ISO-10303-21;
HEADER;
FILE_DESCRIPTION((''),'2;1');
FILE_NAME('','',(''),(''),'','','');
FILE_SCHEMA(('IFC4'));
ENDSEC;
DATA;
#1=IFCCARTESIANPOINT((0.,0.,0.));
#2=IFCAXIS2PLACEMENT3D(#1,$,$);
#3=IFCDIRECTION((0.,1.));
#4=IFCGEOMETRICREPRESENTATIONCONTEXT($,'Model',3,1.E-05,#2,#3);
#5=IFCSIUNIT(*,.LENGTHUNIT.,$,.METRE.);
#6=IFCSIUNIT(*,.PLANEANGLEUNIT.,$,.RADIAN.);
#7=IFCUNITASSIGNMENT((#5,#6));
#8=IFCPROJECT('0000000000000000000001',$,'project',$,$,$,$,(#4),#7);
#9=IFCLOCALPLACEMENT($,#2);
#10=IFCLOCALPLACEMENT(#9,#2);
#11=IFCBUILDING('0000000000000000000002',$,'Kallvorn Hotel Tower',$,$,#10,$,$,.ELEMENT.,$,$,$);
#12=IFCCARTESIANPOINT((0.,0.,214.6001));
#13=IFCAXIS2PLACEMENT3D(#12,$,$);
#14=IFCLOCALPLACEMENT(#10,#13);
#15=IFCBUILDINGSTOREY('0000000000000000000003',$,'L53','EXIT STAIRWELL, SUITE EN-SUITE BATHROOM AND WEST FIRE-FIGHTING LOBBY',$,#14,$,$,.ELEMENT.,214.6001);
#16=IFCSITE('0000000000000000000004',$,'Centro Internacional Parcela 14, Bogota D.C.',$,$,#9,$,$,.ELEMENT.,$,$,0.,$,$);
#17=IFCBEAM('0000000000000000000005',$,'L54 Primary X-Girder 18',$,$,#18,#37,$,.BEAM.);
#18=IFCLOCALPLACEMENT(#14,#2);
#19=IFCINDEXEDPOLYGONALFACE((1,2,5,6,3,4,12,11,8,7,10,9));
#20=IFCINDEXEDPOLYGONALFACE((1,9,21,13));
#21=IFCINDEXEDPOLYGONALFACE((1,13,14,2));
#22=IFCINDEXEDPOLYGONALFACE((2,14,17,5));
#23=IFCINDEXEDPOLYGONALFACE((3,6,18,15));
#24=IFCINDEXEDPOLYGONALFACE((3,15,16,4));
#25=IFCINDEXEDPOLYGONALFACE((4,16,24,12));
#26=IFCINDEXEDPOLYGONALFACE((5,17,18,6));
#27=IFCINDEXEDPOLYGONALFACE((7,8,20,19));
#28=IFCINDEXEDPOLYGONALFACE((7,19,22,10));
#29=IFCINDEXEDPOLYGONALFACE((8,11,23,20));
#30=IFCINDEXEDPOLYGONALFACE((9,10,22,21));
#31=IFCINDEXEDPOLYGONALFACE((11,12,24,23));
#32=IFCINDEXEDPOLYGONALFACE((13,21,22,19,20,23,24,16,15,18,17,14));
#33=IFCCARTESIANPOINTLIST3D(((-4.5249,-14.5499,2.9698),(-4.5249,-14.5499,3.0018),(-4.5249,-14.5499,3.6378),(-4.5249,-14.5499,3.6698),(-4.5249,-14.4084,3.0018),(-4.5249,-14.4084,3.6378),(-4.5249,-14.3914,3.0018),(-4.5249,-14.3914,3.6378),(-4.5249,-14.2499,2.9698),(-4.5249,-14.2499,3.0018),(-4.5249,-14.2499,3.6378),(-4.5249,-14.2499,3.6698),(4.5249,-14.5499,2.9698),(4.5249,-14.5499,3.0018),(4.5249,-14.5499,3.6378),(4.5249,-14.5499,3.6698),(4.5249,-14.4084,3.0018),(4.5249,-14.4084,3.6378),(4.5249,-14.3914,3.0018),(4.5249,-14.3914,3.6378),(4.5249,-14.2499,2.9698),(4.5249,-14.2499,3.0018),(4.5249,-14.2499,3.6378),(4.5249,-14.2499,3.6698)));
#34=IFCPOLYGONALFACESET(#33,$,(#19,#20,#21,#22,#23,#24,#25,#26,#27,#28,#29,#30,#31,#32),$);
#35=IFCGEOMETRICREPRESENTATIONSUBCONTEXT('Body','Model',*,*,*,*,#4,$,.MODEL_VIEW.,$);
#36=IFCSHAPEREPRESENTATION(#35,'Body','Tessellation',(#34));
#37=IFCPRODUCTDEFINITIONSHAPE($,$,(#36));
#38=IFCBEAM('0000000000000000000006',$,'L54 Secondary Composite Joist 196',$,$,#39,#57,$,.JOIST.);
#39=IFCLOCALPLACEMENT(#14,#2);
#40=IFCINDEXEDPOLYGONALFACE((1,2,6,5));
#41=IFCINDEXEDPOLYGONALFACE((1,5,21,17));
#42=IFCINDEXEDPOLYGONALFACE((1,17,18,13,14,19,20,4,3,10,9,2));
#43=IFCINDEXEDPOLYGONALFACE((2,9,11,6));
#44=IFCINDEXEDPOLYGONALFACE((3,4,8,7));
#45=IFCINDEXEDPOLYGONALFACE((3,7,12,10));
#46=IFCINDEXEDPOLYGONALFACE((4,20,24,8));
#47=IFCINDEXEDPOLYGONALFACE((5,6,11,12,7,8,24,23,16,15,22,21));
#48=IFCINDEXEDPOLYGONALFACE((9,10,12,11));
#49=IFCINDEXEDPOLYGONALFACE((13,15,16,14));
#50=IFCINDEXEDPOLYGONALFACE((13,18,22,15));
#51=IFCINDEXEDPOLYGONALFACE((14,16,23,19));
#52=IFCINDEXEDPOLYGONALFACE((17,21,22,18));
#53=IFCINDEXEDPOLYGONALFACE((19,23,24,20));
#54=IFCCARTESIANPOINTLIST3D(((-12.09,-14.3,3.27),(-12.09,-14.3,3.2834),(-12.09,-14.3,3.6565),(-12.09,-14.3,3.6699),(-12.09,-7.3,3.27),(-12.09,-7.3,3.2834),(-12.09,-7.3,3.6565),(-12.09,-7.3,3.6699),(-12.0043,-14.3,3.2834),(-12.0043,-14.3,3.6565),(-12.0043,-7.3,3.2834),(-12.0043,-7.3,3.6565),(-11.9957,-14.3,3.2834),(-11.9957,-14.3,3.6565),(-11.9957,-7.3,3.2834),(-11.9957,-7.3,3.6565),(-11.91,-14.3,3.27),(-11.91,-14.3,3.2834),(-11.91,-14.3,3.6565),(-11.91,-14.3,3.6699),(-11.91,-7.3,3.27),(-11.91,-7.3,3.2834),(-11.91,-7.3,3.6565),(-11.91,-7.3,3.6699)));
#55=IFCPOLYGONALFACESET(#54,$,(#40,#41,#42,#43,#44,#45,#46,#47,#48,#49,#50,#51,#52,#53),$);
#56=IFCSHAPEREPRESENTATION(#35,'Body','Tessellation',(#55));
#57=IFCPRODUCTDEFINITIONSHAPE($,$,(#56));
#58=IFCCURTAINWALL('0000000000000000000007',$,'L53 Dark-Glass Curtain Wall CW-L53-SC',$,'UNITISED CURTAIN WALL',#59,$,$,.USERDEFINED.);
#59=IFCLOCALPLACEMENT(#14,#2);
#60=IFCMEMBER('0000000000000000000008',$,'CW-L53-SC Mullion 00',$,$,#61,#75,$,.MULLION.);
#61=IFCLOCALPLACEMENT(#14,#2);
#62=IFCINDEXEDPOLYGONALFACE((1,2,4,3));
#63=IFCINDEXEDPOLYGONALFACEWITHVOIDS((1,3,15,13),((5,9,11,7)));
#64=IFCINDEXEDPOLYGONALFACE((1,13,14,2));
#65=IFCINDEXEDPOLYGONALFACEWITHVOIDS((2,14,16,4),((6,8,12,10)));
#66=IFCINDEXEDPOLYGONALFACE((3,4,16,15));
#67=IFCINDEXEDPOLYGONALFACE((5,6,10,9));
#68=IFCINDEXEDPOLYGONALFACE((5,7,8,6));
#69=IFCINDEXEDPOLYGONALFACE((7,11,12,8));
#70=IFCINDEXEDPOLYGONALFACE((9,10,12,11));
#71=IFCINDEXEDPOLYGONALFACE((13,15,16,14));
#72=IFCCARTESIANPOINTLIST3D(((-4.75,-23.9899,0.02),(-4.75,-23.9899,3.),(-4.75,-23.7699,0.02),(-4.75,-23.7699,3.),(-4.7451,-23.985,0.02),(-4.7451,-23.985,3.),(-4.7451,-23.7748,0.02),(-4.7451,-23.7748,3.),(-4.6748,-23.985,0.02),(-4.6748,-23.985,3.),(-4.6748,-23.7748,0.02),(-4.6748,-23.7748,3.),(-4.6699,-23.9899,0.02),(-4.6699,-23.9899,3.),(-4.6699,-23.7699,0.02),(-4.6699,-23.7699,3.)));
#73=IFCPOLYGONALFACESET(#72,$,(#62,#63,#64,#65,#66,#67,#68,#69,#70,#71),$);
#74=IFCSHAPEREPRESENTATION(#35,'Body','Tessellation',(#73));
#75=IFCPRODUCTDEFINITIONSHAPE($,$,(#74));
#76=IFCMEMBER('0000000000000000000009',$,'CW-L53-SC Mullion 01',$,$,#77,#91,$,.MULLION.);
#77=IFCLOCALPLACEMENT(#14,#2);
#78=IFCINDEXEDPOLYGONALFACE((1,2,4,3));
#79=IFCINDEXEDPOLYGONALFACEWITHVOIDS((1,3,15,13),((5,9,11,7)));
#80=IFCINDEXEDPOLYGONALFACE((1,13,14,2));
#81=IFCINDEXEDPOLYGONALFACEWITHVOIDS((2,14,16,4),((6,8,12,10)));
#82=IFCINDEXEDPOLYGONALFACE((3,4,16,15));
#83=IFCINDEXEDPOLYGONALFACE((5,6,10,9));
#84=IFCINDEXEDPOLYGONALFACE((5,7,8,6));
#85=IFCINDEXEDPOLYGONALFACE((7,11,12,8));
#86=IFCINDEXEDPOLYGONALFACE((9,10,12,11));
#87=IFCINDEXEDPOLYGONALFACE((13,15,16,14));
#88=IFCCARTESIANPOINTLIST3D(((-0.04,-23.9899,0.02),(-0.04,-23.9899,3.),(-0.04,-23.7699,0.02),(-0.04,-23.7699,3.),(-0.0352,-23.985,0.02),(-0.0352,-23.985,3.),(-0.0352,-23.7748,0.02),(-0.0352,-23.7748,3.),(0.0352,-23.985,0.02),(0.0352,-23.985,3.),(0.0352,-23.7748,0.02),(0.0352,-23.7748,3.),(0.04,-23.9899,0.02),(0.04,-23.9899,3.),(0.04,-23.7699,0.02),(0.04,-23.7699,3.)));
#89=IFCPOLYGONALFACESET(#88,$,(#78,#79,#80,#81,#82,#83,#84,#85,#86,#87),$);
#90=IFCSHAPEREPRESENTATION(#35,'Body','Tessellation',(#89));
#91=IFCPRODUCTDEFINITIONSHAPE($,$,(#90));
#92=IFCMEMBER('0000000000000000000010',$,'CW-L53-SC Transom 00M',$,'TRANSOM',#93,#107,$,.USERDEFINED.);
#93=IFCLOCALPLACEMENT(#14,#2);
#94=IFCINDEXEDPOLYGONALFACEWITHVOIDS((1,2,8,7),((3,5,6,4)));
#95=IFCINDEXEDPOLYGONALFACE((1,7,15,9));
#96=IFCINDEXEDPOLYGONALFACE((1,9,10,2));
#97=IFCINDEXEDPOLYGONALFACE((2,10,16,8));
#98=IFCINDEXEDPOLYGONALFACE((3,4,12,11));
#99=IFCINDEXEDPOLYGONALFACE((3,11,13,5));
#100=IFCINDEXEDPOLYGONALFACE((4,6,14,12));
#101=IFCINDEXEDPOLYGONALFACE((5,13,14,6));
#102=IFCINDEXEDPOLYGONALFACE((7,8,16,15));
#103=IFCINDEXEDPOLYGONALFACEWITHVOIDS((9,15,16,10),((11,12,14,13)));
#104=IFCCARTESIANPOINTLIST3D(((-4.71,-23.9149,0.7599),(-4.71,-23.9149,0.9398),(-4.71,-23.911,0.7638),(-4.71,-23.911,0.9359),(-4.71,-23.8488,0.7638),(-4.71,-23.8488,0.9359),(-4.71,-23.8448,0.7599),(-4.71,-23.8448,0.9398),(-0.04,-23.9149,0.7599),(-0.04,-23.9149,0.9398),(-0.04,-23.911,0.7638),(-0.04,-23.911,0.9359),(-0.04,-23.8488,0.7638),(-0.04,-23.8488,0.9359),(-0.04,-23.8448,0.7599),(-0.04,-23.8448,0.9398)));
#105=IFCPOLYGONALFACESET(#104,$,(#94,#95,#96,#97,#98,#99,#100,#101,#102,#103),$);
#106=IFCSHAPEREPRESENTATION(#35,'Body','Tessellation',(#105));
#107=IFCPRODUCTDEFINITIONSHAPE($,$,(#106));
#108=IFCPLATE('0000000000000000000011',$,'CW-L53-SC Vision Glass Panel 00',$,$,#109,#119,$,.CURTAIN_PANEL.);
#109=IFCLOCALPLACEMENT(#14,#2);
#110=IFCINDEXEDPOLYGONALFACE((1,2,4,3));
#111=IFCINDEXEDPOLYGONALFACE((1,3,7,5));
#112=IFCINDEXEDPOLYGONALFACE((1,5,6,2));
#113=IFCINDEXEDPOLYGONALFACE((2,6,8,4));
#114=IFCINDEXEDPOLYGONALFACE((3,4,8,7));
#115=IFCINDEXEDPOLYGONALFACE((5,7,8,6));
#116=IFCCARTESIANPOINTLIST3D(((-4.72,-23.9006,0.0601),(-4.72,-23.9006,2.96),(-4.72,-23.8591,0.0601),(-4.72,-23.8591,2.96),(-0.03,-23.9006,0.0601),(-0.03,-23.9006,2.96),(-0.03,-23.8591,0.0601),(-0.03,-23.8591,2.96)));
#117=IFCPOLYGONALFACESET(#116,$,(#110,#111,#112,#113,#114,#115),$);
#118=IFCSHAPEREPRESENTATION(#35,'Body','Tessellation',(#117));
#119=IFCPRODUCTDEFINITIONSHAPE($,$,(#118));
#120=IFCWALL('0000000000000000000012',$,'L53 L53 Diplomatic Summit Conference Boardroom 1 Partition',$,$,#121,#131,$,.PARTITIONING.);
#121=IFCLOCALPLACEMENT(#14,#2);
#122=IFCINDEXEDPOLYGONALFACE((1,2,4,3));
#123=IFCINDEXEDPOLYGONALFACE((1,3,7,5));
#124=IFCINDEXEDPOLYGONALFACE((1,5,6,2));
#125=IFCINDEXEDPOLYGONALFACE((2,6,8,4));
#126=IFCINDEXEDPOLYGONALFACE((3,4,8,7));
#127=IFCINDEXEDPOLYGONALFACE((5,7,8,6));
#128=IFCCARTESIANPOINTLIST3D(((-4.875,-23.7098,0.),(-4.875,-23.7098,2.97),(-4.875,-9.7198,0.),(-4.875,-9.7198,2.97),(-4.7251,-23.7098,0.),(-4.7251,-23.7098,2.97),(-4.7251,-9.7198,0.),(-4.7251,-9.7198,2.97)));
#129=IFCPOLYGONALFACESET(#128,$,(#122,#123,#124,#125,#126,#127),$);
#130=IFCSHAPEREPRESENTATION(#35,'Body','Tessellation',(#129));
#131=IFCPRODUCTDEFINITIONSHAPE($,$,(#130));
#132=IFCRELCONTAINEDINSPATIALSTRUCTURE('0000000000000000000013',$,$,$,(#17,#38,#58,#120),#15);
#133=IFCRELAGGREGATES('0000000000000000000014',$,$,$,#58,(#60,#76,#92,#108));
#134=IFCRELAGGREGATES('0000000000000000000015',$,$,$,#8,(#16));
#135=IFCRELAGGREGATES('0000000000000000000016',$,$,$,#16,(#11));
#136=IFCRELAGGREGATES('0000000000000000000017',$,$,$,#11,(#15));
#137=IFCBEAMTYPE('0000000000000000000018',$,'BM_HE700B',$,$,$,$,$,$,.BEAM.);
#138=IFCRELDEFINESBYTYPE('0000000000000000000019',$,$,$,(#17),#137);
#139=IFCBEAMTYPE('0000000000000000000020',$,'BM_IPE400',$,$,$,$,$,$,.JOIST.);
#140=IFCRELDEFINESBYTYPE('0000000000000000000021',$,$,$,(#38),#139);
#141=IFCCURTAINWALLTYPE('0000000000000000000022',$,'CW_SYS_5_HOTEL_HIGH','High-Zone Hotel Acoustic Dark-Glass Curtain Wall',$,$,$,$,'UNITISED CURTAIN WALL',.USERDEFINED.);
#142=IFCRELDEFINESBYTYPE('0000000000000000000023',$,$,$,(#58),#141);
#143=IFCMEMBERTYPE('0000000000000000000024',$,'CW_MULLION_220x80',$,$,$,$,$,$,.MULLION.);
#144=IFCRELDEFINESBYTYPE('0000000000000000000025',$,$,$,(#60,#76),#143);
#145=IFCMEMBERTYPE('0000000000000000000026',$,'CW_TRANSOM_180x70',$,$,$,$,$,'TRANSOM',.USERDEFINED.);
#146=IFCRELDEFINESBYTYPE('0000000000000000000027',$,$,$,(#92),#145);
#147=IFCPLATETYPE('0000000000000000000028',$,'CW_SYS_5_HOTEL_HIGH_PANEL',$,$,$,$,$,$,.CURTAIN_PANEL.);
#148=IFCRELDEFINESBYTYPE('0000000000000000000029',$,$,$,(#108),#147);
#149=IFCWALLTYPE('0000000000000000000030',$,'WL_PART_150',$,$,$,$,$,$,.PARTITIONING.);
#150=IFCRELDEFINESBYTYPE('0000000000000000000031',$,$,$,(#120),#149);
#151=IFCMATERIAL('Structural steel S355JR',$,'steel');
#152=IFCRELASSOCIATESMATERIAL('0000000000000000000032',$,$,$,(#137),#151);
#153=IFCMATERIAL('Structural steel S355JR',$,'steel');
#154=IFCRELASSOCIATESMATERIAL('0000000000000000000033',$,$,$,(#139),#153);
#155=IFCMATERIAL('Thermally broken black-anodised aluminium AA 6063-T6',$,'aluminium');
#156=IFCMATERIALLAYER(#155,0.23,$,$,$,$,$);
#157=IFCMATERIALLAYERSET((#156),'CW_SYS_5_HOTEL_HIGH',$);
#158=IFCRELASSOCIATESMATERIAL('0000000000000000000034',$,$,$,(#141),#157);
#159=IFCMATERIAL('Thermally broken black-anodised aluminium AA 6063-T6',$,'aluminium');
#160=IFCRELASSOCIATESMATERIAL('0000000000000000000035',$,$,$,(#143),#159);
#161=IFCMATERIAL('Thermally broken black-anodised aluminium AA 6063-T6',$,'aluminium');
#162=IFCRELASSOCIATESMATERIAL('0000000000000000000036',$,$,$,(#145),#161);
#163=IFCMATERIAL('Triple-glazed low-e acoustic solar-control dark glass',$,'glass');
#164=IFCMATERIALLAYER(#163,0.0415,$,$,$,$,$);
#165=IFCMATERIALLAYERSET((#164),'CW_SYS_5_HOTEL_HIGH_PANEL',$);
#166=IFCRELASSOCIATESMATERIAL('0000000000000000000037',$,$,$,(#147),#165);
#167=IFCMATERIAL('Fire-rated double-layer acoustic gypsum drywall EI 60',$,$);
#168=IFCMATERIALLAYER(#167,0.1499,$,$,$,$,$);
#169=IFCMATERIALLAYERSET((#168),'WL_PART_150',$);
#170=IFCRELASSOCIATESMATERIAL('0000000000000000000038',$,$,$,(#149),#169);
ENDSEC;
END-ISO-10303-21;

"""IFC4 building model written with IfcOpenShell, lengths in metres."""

from ifc_helpers import new_model, si_unit, direction, frame, frame_2d, origin, origin_2d, place, context, subcontext, project, spatial, rectangle, hollow_rectangle, i_section, extrude, material, layer, layer_set, material_profile, profile_set, type_object, element, aggregate, save


model = new_model("IFC4")

# Units and contexts
model_context = context("Model", 3, precision=1e-05, world=origin(), true_north=direction((0.0, 1.0)))
body_context = subcontext(model_context, "Body", "Model", "MODEL_VIEW")
ifc_project = project(units=[si_unit("LENGTHUNIT", "METRE"), si_unit("PLANEANGLEUNIT", "RADIAN")], contexts=[model_context])

# Site, building, storey
site_placement = place(None, origin())
site = spatial("IfcSite", under=ifc_project, at=site_placement, Name="Centro Internacional Parcela 14, Bogota D.C.", CompositionType="ELEMENT", RefElevation=0.0)
building_placement = place(site_placement, origin())
building = spatial("IfcBuilding", under=site, at=building_placement, Name="Kallvorn Hotel Tower", CompositionType="ELEMENT")
storey_placement = place(building_placement, frame((0.0, 0.0, 214.6001)))
storey = spatial("IfcBuildingStorey", under=building, at=storey_placement, Name="L53", Description="EXIT STAIRWELL, SUITE EN-SUITE BATHROOM AND WEST FIRE-FIGHTING LOBBY", CompositionType="ELEMENT", Elevation=214.6001)

# Beams
ifc_material_1 = material(Name="Structural steel S355JR", Category="steel")
ifc_material_profile_1 = material_profile(ifc_material_1, i_section(OverallWidth=0.3, OverallDepth=0.7, WebThickness=0.0171, FlangeThickness=0.032, at=origin_2d()), Name="HE 700 B")
ifc_profile_set_1 = profile_set([ifc_material_profile_1], Name="Structural steel S355JR")
beam_type_1 = type_object("IfcBeamType", Name="BM_HE700B", PredefinedType="BEAM", material=ifc_profile_set_1)
beam_1_placement = place(storey_placement, frame((-4.5249, -14.3999, 3.3198), z_axis=(1.0, 0.0, 0.0), x_axis=(0.0, 1.0, 0.0)))
element("IfcBeam", 1, at=beam_1_placement, inside=storey, type_object=beam_type_1, Name="L54 Primary X-Girder 18", PredefinedType="BEAM", context=body_context, shape_type="SweptSolid", body=[
    extrude(i_section(OverallWidth=0.3, OverallDepth=0.7, WebThickness=0.0171, FlangeThickness=0.032, at=origin_2d()), origin(), (0.0, 0.0, 1.0), 9.0498),
])
ifc_material_2 = material(Name="Structural steel S355JR", Category="steel")
ifc_material_profile_2 = material_profile(ifc_material_2, i_section(OverallWidth=0.1799, OverallDepth=0.3999, WebThickness=0.0085, FlangeThickness=0.0134, at=origin_2d()), Name="IPE 400")
ifc_profile_set_2 = profile_set([ifc_material_profile_2], Name="Structural steel S355JR")
beam_type_2 = type_object("IfcBeamType", Name="BM_IPE400", PredefinedType="JOIST", material=ifc_profile_set_2)
beam_2_placement = place(storey_placement, frame((-12.0, -14.3, 3.47), z_axis=(0.0, 1.0, 0.0), x_axis=(-1.0, 0.0, 0.0)))
element("IfcBeam", 2, at=beam_2_placement, inside=storey, type_object=beam_type_2, Name="L54 Secondary Composite Joist 196", PredefinedType="JOIST", context=body_context, shape_type="SweptSolid", body=[
    extrude(i_section(OverallWidth=0.1799, OverallDepth=0.3999, WebThickness=0.0085, FlangeThickness=0.0134, at=origin_2d()), origin(), (0.0, 0.0, 1.0), 7.0),
])

# Curtain wall, members, plate
ifc_material_3 = material(Name="Thermally broken black-anodised aluminium AA 6063-T6", Category="aluminium")
ifc_layer_1 = layer(ifc_material_3, 0.23)
ifc_layer_set_1 = layer_set([ifc_layer_1], Name="CW_SYS_5_HOTEL_HIGH")
curtain_wall_type = type_object("IfcCurtainWallType", Name="CW_SYS_5_HOTEL_HIGH", Description="High-Zone Hotel Acoustic Dark-Glass Curtain Wall", ElementType="UNITISED CURTAIN WALL", PredefinedType="USERDEFINED", material=ifc_layer_set_1)
curtain_wall_placement = place(storey_placement, origin())
curtain_wall = element("IfcCurtainWall", 3, at=curtain_wall_placement, inside=storey, type_object=curtain_wall_type, Name="L53 Dark-Glass Curtain Wall CW-L53-SC", ObjectType="UNITISED CURTAIN WALL", PredefinedType="USERDEFINED")
ifc_material_4 = material(Name="Thermally broken black-anodised aluminium AA 6063-T6", Category="aluminium")
ifc_material_profile_3 = material_profile(ifc_material_4, hollow_rectangle(XDim=0.0801, YDim=0.22, WallThickness=0.0049, at=origin_2d()), Name="MUL 220x80")
ifc_profile_set_3 = profile_set([ifc_material_profile_3], Name="Thermally broken black-anodised aluminium AA 6063-T6")
member_type_1 = type_object("IfcMemberType", Name="CW_MULLION_220x80", PredefinedType="MULLION", material=ifc_profile_set_3)
member_1_placement = place(storey_placement, frame((-4.71, -23.8799, 0.02), z_axis=(0.0, 0.0, 1.0), x_axis=(1.0, 0.0, 0.0)))
member_1 = element("IfcMember", 4, at=member_1_placement, type_object=member_type_1, Name="CW-L53-SC Mullion 00", PredefinedType="MULLION", context=body_context, shape_type="SweptSolid", body=[
    extrude(hollow_rectangle(XDim=0.0801, YDim=0.22, WallThickness=0.0049, at=origin_2d()), origin(), (0.0, 0.0, 1.0), 2.98),
])
member_2_placement = place(storey_placement, frame((0.0, -23.8799, 0.02), z_axis=(0.0, 0.0, 1.0), x_axis=(1.0, 0.0, 0.0)))
member_2 = element("IfcMember", 5, at=member_2_placement, type_object=member_type_1, Name="CW-L53-SC Mullion 01", PredefinedType="MULLION", context=body_context, shape_type="SweptSolid", body=[
    extrude(hollow_rectangle(XDim=0.0801, YDim=0.22, WallThickness=0.0049, at=origin_2d()), origin(), (0.0, 0.0, 1.0), 2.98),
])
ifc_material_5 = material(Name="Thermally broken black-anodised aluminium AA 6063-T6", Category="aluminium")
ifc_material_profile_4 = material_profile(ifc_material_5, hollow_rectangle(XDim=0.0701, YDim=0.1799, WallThickness=0.0039, at=origin_2d()), Name="TRN 180x70")
ifc_profile_set_4 = profile_set([ifc_material_profile_4], Name="Thermally broken black-anodised aluminium AA 6063-T6")
member_type_2 = type_object("IfcMemberType", Name="CW_TRANSOM_180x70", ElementType="TRANSOM", PredefinedType="USERDEFINED", material=ifc_profile_set_4)
member_3_placement = place(storey_placement, frame((-4.71, -23.8799, 0.8499), z_axis=(1.0, 0.0, 0.0), x_axis=(0.0, 1.0, 0.0)))
member_3 = element("IfcMember", 6, at=member_3_placement, type_object=member_type_2, Name="CW-L53-SC Transom 00M", ObjectType="TRANSOM", PredefinedType="USERDEFINED", context=body_context, shape_type="SweptSolid", body=[
    extrude(hollow_rectangle(XDim=0.0701, YDim=0.1799, WallThickness=0.0039, at=origin_2d()), origin(), (0.0, 0.0, 1.0), 4.6699),
])
ifc_material_6 = material(Name="Triple-glazed low-e acoustic solar-control dark glass", Category="glass")
ifc_layer_2 = layer(ifc_material_6, 0.0415)
ifc_layer_set_2 = layer_set([ifc_layer_2], Name="CW_SYS_5_HOTEL_HIGH_PANEL")
plate_type = type_object("IfcPlateType", Name="CW_SYS_5_HOTEL_HIGH_PANEL", PredefinedType="CURTAIN_PANEL", material=ifc_layer_set_2)
plate_placement = place(storey_placement, frame((-2.375, -23.8799, 0.0601), z_axis=(0.0, 0.0, 1.0), x_axis=(1.0, 0.0, 0.0)))
plate = element("IfcPlate", 7, at=plate_placement, type_object=plate_type, Name="CW-L53-SC Vision Glass Panel 00", PredefinedType="CURTAIN_PANEL", context=body_context, shape_type="SweptSolid", body=[
    extrude(rectangle(XDim=4.6899, YDim=0.0415, at=origin_2d()), origin(), (0.0, 0.0, 1.0), 2.8999),
])
aggregate(curtain_wall, [member_1, member_2, member_3, plate])

# Wall
ifc_material_7 = material(Name="Fire-rated double-layer acoustic gypsum drywall EI 60")
ifc_layer_3 = layer(ifc_material_7, 0.1499)
ifc_layer_set_3 = layer_set([ifc_layer_3], Name="WL_PART_150")
wall_type = type_object("IfcWallType", Name="WL_PART_150", PredefinedType="PARTITIONING", material=ifc_layer_set_3)
wall_placement = place(storey_placement, frame((-4.8, -23.71, 0.0), z_axis=(0.0, 0.0, 1.0), x_axis=(0.0, 1.0, 0.0)))
element("IfcWall", 8, at=wall_placement, inside=storey, type_object=wall_type, Name="L53 L53 Diplomatic Summit Conference Boardroom 1 Partition", PredefinedType="PARTITIONING", context=body_context, shape_type="SweptSolid", body=[
    extrude(rectangle(XDim=13.99, YDim=0.1499, at=frame_2d((6.9951, 0.0))), origin(), (0.0, 0.0, 1.0), 2.97),
])

save(model, "model.ifc")
